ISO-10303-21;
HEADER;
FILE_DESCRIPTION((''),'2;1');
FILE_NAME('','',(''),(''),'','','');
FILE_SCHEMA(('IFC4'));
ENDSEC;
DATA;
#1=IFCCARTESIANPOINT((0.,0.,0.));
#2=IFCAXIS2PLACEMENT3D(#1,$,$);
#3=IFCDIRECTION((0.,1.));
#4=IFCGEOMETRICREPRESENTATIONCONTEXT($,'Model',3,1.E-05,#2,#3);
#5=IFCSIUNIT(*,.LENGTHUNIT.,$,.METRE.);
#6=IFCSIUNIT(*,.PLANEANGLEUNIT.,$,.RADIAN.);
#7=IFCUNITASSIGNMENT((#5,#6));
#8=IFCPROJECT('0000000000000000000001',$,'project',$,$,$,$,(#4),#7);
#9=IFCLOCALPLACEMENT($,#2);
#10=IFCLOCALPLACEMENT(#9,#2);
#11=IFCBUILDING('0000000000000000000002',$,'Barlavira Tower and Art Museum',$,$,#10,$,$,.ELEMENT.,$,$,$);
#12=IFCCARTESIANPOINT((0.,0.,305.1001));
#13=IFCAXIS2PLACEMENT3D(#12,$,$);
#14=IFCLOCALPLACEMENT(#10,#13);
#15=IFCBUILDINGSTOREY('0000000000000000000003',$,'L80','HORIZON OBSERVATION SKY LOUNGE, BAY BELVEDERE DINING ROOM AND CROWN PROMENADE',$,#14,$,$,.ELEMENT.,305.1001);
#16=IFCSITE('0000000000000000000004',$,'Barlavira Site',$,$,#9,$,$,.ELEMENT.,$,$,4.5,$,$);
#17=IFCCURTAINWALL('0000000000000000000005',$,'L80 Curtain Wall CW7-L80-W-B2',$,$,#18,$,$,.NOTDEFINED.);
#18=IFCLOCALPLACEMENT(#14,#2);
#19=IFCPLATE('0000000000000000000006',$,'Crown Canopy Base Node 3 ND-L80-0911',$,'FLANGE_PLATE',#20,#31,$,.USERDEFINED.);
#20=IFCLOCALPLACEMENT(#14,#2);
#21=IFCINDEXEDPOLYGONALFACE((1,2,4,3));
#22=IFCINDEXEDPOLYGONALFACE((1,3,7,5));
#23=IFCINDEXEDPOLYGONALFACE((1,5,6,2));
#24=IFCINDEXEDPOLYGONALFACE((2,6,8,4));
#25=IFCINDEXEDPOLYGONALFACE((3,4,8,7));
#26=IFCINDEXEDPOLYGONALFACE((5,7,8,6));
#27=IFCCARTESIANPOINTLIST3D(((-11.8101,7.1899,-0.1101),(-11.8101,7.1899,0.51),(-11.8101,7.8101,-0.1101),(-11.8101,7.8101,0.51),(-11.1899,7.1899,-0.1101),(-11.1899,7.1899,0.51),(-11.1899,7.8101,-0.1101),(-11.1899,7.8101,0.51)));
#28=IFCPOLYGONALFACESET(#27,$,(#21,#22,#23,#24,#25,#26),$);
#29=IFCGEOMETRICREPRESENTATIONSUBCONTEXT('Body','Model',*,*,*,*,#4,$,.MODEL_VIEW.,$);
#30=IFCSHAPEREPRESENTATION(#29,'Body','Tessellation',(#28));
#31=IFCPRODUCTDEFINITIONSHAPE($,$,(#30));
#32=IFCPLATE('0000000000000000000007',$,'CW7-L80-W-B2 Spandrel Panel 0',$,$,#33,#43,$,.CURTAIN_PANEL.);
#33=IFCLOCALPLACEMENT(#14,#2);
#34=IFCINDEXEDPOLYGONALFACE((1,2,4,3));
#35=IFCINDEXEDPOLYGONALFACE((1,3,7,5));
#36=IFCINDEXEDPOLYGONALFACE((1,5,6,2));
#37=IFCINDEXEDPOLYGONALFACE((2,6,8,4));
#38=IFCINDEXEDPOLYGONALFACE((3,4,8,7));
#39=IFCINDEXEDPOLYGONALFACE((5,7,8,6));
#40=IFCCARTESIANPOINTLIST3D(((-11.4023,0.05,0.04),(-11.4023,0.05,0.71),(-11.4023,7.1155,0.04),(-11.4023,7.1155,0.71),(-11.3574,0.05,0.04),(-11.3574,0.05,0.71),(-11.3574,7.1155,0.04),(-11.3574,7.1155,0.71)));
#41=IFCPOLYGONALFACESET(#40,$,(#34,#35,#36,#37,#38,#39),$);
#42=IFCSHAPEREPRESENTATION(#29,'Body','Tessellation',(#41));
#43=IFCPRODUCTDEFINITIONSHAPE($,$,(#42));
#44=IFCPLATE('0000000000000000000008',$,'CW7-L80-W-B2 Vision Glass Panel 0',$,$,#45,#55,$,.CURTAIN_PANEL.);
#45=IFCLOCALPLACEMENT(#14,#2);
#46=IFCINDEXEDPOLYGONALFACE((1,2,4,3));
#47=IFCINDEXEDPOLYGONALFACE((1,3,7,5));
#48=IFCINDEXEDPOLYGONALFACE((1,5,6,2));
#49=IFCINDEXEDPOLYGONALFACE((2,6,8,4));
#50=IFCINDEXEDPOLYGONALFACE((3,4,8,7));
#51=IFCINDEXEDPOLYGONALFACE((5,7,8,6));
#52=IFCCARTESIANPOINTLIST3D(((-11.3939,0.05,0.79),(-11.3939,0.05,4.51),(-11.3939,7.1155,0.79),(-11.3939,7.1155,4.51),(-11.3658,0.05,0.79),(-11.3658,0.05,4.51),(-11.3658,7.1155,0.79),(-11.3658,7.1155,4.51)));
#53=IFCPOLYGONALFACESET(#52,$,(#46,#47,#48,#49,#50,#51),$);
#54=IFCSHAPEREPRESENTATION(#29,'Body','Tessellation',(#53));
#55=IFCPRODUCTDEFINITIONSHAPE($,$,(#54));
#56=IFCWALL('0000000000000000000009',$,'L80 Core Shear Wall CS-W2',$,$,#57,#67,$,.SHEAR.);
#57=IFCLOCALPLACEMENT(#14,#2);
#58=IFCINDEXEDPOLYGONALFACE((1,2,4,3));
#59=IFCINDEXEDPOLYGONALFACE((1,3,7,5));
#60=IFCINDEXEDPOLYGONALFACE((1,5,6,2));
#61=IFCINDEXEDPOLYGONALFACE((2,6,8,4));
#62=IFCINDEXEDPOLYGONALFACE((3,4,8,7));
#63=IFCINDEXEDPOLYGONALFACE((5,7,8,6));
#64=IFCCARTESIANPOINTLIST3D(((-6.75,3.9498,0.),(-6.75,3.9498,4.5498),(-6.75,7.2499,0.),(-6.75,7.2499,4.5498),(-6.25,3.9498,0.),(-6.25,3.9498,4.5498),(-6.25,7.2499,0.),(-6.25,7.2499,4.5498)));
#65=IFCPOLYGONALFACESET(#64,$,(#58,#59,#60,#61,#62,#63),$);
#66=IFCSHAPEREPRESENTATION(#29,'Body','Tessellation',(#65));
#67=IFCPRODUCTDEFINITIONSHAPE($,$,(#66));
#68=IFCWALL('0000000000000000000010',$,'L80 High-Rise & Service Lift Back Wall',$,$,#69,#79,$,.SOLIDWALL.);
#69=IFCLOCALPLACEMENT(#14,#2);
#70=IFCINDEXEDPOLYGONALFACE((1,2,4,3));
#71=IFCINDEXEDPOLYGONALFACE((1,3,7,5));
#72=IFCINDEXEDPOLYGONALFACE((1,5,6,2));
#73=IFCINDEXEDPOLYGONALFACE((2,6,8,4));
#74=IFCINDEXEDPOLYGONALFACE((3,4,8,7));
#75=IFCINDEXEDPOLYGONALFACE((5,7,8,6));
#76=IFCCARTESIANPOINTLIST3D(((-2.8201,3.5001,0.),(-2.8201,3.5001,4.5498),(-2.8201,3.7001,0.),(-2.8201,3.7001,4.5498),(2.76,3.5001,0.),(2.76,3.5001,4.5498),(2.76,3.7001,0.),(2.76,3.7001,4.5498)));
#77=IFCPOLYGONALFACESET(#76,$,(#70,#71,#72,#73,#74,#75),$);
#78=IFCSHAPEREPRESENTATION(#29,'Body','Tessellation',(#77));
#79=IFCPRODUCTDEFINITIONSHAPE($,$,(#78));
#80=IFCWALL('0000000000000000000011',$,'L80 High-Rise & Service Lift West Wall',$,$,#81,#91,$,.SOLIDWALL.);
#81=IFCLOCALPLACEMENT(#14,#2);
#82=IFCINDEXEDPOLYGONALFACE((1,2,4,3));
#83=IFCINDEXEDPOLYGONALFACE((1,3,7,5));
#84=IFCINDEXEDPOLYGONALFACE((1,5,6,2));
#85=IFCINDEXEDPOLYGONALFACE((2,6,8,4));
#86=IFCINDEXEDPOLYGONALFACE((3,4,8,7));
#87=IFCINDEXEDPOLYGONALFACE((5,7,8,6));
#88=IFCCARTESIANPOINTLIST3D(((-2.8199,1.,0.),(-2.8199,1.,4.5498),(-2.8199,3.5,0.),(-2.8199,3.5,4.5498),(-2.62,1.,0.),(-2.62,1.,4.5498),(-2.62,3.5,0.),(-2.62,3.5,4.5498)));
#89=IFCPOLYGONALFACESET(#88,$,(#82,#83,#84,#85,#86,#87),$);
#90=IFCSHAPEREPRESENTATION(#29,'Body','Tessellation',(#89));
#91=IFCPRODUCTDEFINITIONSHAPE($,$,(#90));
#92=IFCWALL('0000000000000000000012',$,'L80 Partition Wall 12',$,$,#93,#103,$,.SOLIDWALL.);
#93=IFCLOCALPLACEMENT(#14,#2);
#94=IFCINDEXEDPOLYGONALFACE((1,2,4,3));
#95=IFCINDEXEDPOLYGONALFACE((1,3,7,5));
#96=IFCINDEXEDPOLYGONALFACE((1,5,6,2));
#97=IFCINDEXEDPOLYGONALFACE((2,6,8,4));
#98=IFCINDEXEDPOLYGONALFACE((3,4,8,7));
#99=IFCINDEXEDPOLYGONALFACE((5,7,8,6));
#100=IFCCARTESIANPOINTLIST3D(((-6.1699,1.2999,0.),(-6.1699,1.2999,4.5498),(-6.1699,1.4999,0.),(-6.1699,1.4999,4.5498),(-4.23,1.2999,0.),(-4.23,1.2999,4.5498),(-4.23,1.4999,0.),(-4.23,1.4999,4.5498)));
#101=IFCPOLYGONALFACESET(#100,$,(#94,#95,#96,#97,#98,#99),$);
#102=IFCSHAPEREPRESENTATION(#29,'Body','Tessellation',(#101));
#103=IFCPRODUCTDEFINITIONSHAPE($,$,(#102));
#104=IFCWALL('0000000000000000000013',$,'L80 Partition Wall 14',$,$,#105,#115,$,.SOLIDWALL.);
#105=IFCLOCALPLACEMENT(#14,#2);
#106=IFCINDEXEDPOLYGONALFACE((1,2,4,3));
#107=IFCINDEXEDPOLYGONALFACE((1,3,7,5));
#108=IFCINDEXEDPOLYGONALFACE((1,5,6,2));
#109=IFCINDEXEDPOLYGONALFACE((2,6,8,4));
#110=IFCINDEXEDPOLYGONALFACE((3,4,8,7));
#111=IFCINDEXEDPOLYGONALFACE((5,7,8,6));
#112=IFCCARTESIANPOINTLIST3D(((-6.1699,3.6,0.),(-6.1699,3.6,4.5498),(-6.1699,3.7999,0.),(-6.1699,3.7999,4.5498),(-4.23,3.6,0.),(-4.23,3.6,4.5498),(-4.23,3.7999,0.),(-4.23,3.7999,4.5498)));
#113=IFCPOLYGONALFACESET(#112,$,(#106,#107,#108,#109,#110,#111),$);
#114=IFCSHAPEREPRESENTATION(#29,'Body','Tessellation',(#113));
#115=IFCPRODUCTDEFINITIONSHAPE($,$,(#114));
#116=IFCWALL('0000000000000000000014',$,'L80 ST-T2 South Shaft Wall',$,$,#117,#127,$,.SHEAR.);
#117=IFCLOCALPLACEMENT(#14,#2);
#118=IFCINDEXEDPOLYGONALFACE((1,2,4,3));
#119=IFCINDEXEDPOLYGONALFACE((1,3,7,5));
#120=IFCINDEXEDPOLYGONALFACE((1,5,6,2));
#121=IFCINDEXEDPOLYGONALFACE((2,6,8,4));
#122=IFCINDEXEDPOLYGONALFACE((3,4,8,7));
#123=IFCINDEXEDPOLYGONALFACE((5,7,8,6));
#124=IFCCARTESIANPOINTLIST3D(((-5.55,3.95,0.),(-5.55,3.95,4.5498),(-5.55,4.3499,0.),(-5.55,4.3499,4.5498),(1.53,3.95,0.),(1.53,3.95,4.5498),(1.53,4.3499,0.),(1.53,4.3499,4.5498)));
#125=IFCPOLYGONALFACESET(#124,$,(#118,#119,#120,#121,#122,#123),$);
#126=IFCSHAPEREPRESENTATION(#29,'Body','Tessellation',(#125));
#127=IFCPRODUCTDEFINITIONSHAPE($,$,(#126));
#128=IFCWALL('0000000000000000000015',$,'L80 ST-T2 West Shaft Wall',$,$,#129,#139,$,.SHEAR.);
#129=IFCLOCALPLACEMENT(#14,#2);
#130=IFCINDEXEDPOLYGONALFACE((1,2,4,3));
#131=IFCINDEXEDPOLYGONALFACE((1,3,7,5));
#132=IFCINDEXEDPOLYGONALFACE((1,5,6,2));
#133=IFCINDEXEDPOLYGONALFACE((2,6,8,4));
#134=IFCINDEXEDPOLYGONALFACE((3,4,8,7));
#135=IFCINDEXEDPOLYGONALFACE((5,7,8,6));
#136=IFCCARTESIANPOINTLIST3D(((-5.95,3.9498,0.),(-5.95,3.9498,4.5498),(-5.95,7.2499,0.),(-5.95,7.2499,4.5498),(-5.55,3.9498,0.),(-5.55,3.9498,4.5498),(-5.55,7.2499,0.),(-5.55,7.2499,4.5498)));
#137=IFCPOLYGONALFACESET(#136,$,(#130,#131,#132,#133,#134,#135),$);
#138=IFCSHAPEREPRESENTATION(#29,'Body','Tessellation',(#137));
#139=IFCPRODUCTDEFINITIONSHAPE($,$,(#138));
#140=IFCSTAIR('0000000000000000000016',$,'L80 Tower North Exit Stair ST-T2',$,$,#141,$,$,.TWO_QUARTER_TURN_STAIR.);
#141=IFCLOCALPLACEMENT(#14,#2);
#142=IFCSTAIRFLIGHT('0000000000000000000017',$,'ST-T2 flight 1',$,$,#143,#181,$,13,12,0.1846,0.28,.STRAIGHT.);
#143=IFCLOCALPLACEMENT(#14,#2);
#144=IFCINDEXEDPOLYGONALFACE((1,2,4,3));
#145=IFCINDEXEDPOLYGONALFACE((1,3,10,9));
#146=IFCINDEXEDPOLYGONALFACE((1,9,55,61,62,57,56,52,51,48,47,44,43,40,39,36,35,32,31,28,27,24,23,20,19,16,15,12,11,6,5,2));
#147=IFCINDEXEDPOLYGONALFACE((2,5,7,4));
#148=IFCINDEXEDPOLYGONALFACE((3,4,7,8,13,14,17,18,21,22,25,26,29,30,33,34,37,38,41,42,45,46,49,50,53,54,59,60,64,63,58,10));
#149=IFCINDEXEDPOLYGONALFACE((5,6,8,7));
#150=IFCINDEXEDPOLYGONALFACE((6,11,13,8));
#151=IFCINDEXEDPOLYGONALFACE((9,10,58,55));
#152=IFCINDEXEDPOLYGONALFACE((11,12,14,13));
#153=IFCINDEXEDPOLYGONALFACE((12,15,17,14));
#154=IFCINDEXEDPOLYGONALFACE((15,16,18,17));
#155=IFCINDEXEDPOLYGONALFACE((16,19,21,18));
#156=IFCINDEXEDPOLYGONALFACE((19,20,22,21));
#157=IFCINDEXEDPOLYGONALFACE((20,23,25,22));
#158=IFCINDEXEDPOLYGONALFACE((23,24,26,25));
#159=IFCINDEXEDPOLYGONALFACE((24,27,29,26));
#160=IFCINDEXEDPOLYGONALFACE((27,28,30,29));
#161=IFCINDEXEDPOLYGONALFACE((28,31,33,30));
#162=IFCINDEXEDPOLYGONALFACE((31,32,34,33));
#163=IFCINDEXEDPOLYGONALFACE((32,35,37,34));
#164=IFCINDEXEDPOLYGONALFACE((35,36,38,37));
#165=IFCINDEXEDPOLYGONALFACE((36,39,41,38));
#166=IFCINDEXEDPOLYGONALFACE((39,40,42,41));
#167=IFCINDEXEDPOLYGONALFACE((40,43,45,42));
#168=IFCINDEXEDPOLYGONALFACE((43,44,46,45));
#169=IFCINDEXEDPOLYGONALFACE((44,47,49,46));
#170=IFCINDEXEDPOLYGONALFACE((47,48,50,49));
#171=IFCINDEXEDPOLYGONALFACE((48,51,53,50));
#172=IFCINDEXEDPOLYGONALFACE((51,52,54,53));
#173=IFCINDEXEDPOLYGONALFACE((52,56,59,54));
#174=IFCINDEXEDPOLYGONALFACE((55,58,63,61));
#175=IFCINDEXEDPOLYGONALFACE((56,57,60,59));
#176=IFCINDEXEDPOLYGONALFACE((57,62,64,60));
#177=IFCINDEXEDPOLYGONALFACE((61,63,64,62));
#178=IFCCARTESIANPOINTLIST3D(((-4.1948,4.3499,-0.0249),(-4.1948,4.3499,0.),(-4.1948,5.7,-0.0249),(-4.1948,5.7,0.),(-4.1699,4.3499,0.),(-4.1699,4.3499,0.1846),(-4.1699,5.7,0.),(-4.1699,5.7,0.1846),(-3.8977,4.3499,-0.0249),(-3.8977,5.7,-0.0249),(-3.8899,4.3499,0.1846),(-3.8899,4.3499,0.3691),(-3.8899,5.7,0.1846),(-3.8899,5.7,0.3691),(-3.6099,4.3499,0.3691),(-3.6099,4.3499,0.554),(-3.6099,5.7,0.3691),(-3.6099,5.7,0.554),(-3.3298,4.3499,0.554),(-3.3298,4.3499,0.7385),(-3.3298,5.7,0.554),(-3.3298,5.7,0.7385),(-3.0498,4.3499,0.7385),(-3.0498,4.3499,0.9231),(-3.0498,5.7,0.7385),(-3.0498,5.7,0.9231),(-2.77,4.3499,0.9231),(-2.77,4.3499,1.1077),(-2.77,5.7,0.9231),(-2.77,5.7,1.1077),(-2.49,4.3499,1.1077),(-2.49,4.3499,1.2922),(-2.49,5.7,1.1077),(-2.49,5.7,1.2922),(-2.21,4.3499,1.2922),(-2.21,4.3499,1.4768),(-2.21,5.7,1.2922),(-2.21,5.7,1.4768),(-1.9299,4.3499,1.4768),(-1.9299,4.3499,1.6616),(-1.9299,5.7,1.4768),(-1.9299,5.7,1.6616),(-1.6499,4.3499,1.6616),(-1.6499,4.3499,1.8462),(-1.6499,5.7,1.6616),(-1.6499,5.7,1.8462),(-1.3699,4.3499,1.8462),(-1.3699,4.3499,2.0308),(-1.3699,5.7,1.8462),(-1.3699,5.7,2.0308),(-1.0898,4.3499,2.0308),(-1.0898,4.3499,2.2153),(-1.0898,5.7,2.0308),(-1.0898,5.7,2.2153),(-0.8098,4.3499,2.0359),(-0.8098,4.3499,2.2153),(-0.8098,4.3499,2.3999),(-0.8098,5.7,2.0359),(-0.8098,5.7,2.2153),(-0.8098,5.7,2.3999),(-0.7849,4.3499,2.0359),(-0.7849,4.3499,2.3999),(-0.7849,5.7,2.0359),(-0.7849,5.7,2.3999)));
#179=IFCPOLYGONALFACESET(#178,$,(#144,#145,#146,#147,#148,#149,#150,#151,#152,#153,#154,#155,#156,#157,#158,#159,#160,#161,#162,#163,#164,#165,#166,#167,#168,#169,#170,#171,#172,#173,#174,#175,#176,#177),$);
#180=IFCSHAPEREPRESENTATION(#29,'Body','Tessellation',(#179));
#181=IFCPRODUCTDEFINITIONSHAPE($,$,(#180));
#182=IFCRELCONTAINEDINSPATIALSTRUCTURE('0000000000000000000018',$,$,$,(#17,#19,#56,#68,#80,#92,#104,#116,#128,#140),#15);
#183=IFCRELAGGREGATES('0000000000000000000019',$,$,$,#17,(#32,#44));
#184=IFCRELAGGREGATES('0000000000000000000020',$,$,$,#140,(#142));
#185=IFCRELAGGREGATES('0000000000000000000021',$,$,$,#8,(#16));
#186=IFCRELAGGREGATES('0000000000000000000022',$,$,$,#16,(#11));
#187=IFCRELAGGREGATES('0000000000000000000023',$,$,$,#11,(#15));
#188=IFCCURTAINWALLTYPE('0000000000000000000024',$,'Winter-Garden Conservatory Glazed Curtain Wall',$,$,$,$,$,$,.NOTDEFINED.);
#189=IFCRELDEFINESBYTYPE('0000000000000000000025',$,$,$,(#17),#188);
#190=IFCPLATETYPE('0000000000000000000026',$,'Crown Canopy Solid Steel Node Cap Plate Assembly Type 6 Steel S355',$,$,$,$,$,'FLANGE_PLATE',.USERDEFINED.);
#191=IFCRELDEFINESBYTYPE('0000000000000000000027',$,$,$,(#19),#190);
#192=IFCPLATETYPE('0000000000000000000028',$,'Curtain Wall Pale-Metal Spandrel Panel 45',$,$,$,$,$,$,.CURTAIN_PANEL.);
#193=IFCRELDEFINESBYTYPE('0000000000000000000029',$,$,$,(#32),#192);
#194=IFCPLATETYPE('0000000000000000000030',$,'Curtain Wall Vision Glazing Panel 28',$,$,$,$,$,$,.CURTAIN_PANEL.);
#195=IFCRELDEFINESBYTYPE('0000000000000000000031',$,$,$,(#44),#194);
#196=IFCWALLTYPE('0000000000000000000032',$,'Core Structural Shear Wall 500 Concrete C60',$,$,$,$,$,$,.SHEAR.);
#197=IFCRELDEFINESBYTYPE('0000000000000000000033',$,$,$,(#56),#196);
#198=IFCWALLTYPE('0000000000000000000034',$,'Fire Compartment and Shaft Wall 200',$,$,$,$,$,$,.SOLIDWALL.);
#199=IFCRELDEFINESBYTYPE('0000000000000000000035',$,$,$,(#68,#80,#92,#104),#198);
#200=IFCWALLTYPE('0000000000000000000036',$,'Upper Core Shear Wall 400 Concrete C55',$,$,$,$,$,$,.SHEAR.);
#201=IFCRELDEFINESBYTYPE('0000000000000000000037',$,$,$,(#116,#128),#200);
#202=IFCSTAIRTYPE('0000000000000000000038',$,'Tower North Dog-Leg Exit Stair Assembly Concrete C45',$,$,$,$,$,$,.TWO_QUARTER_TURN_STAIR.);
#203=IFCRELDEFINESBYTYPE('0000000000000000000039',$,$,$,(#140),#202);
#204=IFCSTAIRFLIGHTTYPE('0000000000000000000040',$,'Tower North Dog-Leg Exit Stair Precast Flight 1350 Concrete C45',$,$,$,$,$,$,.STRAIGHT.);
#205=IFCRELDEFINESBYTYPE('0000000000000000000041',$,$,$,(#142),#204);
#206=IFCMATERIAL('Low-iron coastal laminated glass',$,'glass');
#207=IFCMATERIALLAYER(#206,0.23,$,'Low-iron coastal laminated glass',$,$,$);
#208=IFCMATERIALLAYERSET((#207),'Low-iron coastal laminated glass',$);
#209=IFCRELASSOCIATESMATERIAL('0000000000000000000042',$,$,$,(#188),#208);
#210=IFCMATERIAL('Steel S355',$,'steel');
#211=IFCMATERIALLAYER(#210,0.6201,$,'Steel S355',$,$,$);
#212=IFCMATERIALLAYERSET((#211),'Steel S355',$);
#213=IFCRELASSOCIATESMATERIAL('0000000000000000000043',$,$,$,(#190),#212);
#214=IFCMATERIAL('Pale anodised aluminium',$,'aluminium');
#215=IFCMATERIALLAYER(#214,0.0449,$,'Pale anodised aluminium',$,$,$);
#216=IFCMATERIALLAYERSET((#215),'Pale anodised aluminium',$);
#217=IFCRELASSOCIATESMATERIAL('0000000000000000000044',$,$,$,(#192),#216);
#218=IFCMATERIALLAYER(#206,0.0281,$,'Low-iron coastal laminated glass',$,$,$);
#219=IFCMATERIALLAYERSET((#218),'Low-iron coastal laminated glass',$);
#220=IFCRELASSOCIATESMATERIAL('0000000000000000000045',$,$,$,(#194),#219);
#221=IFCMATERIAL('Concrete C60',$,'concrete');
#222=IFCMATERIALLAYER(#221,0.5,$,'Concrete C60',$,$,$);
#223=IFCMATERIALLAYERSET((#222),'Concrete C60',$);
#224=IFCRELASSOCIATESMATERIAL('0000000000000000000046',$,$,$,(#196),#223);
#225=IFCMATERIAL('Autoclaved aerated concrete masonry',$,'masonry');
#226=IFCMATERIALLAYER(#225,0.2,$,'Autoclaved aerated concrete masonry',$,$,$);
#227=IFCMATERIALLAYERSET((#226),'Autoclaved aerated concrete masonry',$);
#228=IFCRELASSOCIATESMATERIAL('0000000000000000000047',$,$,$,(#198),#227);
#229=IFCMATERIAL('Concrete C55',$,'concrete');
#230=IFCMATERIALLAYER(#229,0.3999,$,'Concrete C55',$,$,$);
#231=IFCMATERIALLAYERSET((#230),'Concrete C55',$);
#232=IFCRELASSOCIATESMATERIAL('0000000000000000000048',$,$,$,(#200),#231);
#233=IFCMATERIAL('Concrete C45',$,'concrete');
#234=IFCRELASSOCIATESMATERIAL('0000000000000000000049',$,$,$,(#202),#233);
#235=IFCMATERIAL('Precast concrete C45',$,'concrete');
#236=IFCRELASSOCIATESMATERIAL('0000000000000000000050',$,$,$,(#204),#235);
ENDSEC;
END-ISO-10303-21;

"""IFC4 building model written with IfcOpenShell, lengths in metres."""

from ifc_helpers import new_model, si_unit, direction, frame, frame_2d, origin, origin_2d, place, context, subcontext, project, spatial, polyline, rectangle, outline, extrude, material, layer, layer_set, type_object, element, aggregate, save


model = new_model("IFC4")

# Units and contexts
model_context = context("Model", 3, precision=1e-05, world=origin(), true_north=direction((0.0, 1.0)))
body_context = subcontext(model_context, "Body", "Model", "MODEL_VIEW")
ifc_project = project(units=[si_unit("LENGTHUNIT", "METRE"), si_unit("PLANEANGLEUNIT", "RADIAN")], contexts=[model_context])

# Site, building, storey
site_placement = place(None, origin())
site = spatial("IfcSite", under=ifc_project, at=site_placement, Name="Barlavira Site", CompositionType="ELEMENT", RefElevation=4.5)
building_placement = place(site_placement, origin())
building = spatial("IfcBuilding", under=site, at=building_placement, Name="Barlavira Tower and Art Museum", CompositionType="ELEMENT")
storey_placement = place(building_placement, frame((0.0, 0.0, 305.1001)))
storey = spatial("IfcBuildingStorey", under=building, at=storey_placement, Name="L80", Description="HORIZON OBSERVATION SKY LOUNGE, BAY BELVEDERE DINING ROOM AND CROWN PROMENADE", CompositionType="ELEMENT", Elevation=305.1001)

# Shared definitions
ifc_material_1 = material(Name="Steel S355", Category="steel")

# Curtain wall
ifc_material_2 = material(Name="Low-iron coastal laminated glass", Category="glass")
ifc_layer_1 = layer(ifc_material_2, 0.23, Name="Low-iron coastal laminated glass")
ifc_layer_set_1 = layer_set([ifc_layer_1], Name="Low-iron coastal laminated glass")
curtain_wall_type = type_object("IfcCurtainWallType", Name="Winter-Garden Conservatory Glazed Curtain Wall", PredefinedType="NOTDEFINED", material=ifc_layer_set_1)
curtain_wall_placement = place(storey_placement, origin())
curtain_wall = element("IfcCurtainWall", 1, at=curtain_wall_placement, inside=storey, type_object=curtain_wall_type, Name="L80 Curtain Wall CW7-L80-W-B2", PredefinedType="NOTDEFINED")
ifc_material_3 = material(Name="Pale anodised aluminium", Category="aluminium")

# Plates
ifc_layer_2 = layer(ifc_material_1, 0.6201, Name="Steel S355")
ifc_layer_set_2 = layer_set([ifc_layer_2], Name="Steel S355")
plate_type_1 = type_object("IfcPlateType", Name="Crown Canopy Solid Steel Node Cap Plate Assembly Type 6 Steel S355", ElementType="FLANGE_PLATE", PredefinedType="USERDEFINED", material=ifc_layer_set_2)
plate_1_placement = place(storey_placement, frame((-11.5, 7.5, -0.1101), z_axis=(0.0, 0.0, 1.0), x_axis=(1.0, 0.0, 0.0)))
element("IfcPlate", 2, at=plate_1_placement, inside=storey, type_object=plate_type_1, Name="Crown Canopy Base Node 3 ND-L80-0911", ObjectType="FLANGE_PLATE", PredefinedType="USERDEFINED", context=body_context, shape_type="SweptSolid", body=[
    extrude(rectangle(XDim=0.6201, YDim=0.6201, at=origin_2d()), origin(), (0.0, 0.0, 1.0), 0.6201),
])
ifc_layer_3 = layer(ifc_material_3, 0.0449, Name="Pale anodised aluminium")
ifc_layer_set_3 = layer_set([ifc_layer_3], Name="Pale anodised aluminium")
plate_type_2 = type_object("IfcPlateType", Name="Curtain Wall Pale-Metal Spandrel Panel 45", PredefinedType="CURTAIN_PANEL", material=ifc_layer_set_3)
plate_2_placement = place(storey_placement, frame((-11.3799, 3.5828, 0.04), z_axis=(0.0, 0.0, 1.0), x_axis=(0.0, -1.0, 0.0)))
plate_2 = element("IfcPlate", 3, at=plate_2_placement, type_object=plate_type_2, Name="CW7-L80-W-B2 Spandrel Panel 0", PredefinedType="CURTAIN_PANEL", context=body_context, shape_type="SweptSolid", body=[
    extrude(rectangle(XDim=7.0654, YDim=0.0449, at=origin_2d()), origin(), (0.0, 0.0, 1.0), 0.6699),
])
ifc_layer_4 = layer(ifc_material_2, 0.0281, Name="Low-iron coastal laminated glass")
ifc_layer_set_4 = layer_set([ifc_layer_4], Name="Low-iron coastal laminated glass")
plate_type_3 = type_object("IfcPlateType", Name="Curtain Wall Vision Glazing Panel 28", PredefinedType="CURTAIN_PANEL", material=ifc_layer_set_4)
plate_3_placement = place(storey_placement, frame((-11.3799, 3.5828, 0.79), z_axis=(0.0, 0.0, 1.0), x_axis=(0.0, -1.0, 0.0)))
plate_3 = element("IfcPlate", 4, at=plate_3_placement, type_object=plate_type_3, Name="CW7-L80-W-B2 Vision Glass Panel 0", PredefinedType="CURTAIN_PANEL", context=body_context, shape_type="SweptSolid", body=[
    extrude(rectangle(XDim=7.0654, YDim=0.0281, at=origin_2d()), origin(), (0.0, 0.0, 1.0), 3.72),
])
aggregate(curtain_wall, [plate_2, plate_3])

# Wall
ifc_material_4 = material(Name="Concrete C60", Category="concrete")
ifc_layer_5 = layer(ifc_material_4, 0.5, Name="Concrete C60")
ifc_layer_set_5 = layer_set([ifc_layer_5], Name="Concrete C60")
wall_type_1 = type_object("IfcWallType", Name="Core Structural Shear Wall 500 Concrete C60", PredefinedType="SHEAR", material=ifc_layer_set_5)
wall_1_placement = place(storey_placement, frame((-6.5, 3.95, 0.0), z_axis=(0.0, 0.0, 1.0), x_axis=(0.0, 1.0, 0.0)))
element("IfcWall", 5, at=wall_1_placement, inside=storey, type_object=wall_type_1, Name="L80 Core Shear Wall CS-W2", PredefinedType="SHEAR", context=body_context, shape_type="SweptSolid", body=[
    extrude(rectangle(XDim=3.3, YDim=0.5, at=frame_2d((1.6499, 0.0))), origin(), (0.0, 0.0, 1.0), 4.5498),
])

# Shared definitions
ifc_material_5 = material(Name="Autoclaved aerated concrete masonry", Category="masonry")
ifc_layer_6 = layer(ifc_material_5, 0.2, Name="Autoclaved aerated concrete masonry")
ifc_layer_set_6 = layer_set([ifc_layer_6], Name="Autoclaved aerated concrete masonry")
wall_type_2 = type_object("IfcWallType", Name="Fire Compartment and Shaft Wall 200", PredefinedType="SOLIDWALL", material=ifc_layer_set_6)

# Walls
wall_2_placement = place(storey_placement, frame((-2.8201, 3.6001, 0.0), z_axis=(0.0, 0.0, 1.0), x_axis=(1.0, 0.0, 0.0)))
element("IfcWall", 6, at=wall_2_placement, inside=storey, type_object=wall_type_2, Name="L80 High-Rise & Service Lift Back Wall", PredefinedType="SOLIDWALL", context=body_context, shape_type="SweptSolid", body=[
    extrude(rectangle(XDim=5.5801, YDim=0.2, at=frame_2d((2.79, 0.0))), origin(), (0.0, 0.0, 1.0), 4.5498),
])
wall_3_placement = place(storey_placement, frame((-2.72, 1.0, 0.0), z_axis=(0.0, 0.0, 1.0), x_axis=(0.0, 1.0, 0.0)))
element("IfcWall", 7, at=wall_3_placement, inside=storey, type_object=wall_type_2, Name="L80 High-Rise & Service Lift West Wall", PredefinedType="SOLIDWALL", context=body_context, shape_type="SweptSolid", body=[
    extrude(rectangle(XDim=2.5, YDim=0.2, at=frame_2d((1.25, 0.0))), origin(), (0.0, 0.0, 1.0), 4.5498),
])
for number, where, z_axis, x_axis, name in (
    (8, (-6.1699, 1.3999, 0.0), (0.0, 0.0, 1.0), (1.0, 0.0, 0.0), "L80 Partition Wall 12"),
    (9, (-6.1699, 3.7, 0.0), (0.0, 0.0, 1.0), (1.0, 0.0, 0.0), "L80 Partition Wall 14"),
):
    element("IfcWall", number, at=place(storey_placement, frame(where, z_axis=z_axis, x_axis=x_axis)), inside=storey, type_object=wall_type_2, Name=name, PredefinedType="SOLIDWALL", context=body_context, shape_type="SweptSolid", body=[
        extrude(rectangle(XDim=1.9399, YDim=0.2, at=frame_2d((0.97, 0.0))), origin(), (0.0, 0.0, 1.0), 4.5498),
    ])
ifc_material_6 = material(Name="Concrete C55", Category="concrete")
ifc_layer_7 = layer(ifc_material_6, 0.3999, Name="Concrete C55")
ifc_layer_set_7 = layer_set([ifc_layer_7], Name="Concrete C55")
wall_type_3 = type_object("IfcWallType", Name="Upper Core Shear Wall 400 Concrete C55", PredefinedType="SHEAR", material=ifc_layer_set_7)
wall_4_placement = place(storey_placement, frame((-5.55, 4.1499, 0.0), z_axis=(0.0, 0.0, 1.0), x_axis=(1.0, 0.0, 0.0)))
element("IfcWall", 10, at=wall_4_placement, inside=storey, type_object=wall_type_3, Name="L80 ST-T2 South Shaft Wall", PredefinedType="SHEAR", context=body_context, shape_type="SweptSolid", body=[
    extrude(rectangle(XDim=7.0801, YDim=0.3999, at=frame_2d((3.54, 0.0))), origin(), (0.0, 0.0, 1.0), 4.5498),
])
wall_5_placement = place(storey_placement, frame((-5.75, 3.95, 0.0), z_axis=(0.0, 0.0, 1.0), x_axis=(0.0, 1.0, 0.0)))
element("IfcWall", 11, at=wall_5_placement, inside=storey, type_object=wall_type_3, Name="L80 ST-T2 West Shaft Wall", PredefinedType="SHEAR", context=body_context, shape_type="SweptSolid", body=[
    extrude(rectangle(XDim=3.3, YDim=0.3999, at=frame_2d((1.6499, 0.0))), origin(), (0.0, 0.0, 1.0), 4.5498),
])

# Stair, stair flight
ifc_material_7 = material(Name="Concrete C45", Category="concrete")
stair_type = type_object("IfcStairType", Name="Tower North Dog-Leg Exit Stair Assembly Concrete C45", PredefinedType="TWO_QUARTER_TURN_STAIR", material=ifc_material_7)
stair_placement = place(storey_placement, origin())
stair = element("IfcStair", 12, at=stair_placement, inside=storey, type_object=stair_type, Name="L80 Tower North Exit Stair ST-T2", PredefinedType="TWO_QUARTER_TURN_STAIR")
ifc_material_8 = material(Name="Precast concrete C45", Category="concrete")
stair_flight_type = type_object("IfcStairFlightType", Name="Tower North Dog-Leg Exit Stair Precast Flight 1350 Concrete C45", PredefinedType="STRAIGHT", material=ifc_material_8)
stair_flight_1_placement = place(storey_placement, frame((-4.1699, 5.0249, 0.0), z_axis=(0.0, 0.0, 1.0), x_axis=(1.0, 0.0, 0.0)))
stair_flight_1 = element("IfcStairFlight", 13, at=stair_flight_1_placement, type_object=stair_flight_type, Name="ST-T2 flight 1", NumberOfRisers=13, NumberOfTreads=12, PredefinedType="STRAIGHT", RiserHeight=0.1846, TreadLength=0.28, context=body_context, shape_type="SweptSolid", body=[
    extrude(outline(polyline([(-0.0249, 0.0), (0.0, 0.0), (0.0, 0.1846), (0.28, 0.1846), (0.28, 0.3691), (0.5601, 0.3691), (0.5601, 0.554), (0.8401, 0.554), (0.8401, 0.7385), (1.1201, 0.7385), (1.1201, 0.9231), (1.3999, 0.9231), (1.3999, 1.1077), (1.6799, 1.1077), (1.6799, 1.2922), (1.96, 1.2922), (1.96, 1.4768), (2.24, 1.4768), (2.24, 1.6616), (2.52, 1.6616), (2.52, 1.8462), (2.8, 1.8462), (2.8, 2.0308), (3.0801, 2.0308), (3.0801, 2.2153), (3.3601, 2.2153), (3.3601, 2.3999), (3.385, 2.3999), (3.385, 2.0359), (3.3601, 2.0359), (0.2722, -0.0249), (-0.0249, -0.0249), (-0.0249, 0.0)])), frame((0.0, 0.675, 0.0), z_axis=(0.0, -1.0, 0.0), x_axis=(1.0, 0.0, 0.0)), (0.0, 0.0, 1.0), 1.3501),
])
aggregate(stair, [stair_flight_1])

save(model, "model.ifc")
